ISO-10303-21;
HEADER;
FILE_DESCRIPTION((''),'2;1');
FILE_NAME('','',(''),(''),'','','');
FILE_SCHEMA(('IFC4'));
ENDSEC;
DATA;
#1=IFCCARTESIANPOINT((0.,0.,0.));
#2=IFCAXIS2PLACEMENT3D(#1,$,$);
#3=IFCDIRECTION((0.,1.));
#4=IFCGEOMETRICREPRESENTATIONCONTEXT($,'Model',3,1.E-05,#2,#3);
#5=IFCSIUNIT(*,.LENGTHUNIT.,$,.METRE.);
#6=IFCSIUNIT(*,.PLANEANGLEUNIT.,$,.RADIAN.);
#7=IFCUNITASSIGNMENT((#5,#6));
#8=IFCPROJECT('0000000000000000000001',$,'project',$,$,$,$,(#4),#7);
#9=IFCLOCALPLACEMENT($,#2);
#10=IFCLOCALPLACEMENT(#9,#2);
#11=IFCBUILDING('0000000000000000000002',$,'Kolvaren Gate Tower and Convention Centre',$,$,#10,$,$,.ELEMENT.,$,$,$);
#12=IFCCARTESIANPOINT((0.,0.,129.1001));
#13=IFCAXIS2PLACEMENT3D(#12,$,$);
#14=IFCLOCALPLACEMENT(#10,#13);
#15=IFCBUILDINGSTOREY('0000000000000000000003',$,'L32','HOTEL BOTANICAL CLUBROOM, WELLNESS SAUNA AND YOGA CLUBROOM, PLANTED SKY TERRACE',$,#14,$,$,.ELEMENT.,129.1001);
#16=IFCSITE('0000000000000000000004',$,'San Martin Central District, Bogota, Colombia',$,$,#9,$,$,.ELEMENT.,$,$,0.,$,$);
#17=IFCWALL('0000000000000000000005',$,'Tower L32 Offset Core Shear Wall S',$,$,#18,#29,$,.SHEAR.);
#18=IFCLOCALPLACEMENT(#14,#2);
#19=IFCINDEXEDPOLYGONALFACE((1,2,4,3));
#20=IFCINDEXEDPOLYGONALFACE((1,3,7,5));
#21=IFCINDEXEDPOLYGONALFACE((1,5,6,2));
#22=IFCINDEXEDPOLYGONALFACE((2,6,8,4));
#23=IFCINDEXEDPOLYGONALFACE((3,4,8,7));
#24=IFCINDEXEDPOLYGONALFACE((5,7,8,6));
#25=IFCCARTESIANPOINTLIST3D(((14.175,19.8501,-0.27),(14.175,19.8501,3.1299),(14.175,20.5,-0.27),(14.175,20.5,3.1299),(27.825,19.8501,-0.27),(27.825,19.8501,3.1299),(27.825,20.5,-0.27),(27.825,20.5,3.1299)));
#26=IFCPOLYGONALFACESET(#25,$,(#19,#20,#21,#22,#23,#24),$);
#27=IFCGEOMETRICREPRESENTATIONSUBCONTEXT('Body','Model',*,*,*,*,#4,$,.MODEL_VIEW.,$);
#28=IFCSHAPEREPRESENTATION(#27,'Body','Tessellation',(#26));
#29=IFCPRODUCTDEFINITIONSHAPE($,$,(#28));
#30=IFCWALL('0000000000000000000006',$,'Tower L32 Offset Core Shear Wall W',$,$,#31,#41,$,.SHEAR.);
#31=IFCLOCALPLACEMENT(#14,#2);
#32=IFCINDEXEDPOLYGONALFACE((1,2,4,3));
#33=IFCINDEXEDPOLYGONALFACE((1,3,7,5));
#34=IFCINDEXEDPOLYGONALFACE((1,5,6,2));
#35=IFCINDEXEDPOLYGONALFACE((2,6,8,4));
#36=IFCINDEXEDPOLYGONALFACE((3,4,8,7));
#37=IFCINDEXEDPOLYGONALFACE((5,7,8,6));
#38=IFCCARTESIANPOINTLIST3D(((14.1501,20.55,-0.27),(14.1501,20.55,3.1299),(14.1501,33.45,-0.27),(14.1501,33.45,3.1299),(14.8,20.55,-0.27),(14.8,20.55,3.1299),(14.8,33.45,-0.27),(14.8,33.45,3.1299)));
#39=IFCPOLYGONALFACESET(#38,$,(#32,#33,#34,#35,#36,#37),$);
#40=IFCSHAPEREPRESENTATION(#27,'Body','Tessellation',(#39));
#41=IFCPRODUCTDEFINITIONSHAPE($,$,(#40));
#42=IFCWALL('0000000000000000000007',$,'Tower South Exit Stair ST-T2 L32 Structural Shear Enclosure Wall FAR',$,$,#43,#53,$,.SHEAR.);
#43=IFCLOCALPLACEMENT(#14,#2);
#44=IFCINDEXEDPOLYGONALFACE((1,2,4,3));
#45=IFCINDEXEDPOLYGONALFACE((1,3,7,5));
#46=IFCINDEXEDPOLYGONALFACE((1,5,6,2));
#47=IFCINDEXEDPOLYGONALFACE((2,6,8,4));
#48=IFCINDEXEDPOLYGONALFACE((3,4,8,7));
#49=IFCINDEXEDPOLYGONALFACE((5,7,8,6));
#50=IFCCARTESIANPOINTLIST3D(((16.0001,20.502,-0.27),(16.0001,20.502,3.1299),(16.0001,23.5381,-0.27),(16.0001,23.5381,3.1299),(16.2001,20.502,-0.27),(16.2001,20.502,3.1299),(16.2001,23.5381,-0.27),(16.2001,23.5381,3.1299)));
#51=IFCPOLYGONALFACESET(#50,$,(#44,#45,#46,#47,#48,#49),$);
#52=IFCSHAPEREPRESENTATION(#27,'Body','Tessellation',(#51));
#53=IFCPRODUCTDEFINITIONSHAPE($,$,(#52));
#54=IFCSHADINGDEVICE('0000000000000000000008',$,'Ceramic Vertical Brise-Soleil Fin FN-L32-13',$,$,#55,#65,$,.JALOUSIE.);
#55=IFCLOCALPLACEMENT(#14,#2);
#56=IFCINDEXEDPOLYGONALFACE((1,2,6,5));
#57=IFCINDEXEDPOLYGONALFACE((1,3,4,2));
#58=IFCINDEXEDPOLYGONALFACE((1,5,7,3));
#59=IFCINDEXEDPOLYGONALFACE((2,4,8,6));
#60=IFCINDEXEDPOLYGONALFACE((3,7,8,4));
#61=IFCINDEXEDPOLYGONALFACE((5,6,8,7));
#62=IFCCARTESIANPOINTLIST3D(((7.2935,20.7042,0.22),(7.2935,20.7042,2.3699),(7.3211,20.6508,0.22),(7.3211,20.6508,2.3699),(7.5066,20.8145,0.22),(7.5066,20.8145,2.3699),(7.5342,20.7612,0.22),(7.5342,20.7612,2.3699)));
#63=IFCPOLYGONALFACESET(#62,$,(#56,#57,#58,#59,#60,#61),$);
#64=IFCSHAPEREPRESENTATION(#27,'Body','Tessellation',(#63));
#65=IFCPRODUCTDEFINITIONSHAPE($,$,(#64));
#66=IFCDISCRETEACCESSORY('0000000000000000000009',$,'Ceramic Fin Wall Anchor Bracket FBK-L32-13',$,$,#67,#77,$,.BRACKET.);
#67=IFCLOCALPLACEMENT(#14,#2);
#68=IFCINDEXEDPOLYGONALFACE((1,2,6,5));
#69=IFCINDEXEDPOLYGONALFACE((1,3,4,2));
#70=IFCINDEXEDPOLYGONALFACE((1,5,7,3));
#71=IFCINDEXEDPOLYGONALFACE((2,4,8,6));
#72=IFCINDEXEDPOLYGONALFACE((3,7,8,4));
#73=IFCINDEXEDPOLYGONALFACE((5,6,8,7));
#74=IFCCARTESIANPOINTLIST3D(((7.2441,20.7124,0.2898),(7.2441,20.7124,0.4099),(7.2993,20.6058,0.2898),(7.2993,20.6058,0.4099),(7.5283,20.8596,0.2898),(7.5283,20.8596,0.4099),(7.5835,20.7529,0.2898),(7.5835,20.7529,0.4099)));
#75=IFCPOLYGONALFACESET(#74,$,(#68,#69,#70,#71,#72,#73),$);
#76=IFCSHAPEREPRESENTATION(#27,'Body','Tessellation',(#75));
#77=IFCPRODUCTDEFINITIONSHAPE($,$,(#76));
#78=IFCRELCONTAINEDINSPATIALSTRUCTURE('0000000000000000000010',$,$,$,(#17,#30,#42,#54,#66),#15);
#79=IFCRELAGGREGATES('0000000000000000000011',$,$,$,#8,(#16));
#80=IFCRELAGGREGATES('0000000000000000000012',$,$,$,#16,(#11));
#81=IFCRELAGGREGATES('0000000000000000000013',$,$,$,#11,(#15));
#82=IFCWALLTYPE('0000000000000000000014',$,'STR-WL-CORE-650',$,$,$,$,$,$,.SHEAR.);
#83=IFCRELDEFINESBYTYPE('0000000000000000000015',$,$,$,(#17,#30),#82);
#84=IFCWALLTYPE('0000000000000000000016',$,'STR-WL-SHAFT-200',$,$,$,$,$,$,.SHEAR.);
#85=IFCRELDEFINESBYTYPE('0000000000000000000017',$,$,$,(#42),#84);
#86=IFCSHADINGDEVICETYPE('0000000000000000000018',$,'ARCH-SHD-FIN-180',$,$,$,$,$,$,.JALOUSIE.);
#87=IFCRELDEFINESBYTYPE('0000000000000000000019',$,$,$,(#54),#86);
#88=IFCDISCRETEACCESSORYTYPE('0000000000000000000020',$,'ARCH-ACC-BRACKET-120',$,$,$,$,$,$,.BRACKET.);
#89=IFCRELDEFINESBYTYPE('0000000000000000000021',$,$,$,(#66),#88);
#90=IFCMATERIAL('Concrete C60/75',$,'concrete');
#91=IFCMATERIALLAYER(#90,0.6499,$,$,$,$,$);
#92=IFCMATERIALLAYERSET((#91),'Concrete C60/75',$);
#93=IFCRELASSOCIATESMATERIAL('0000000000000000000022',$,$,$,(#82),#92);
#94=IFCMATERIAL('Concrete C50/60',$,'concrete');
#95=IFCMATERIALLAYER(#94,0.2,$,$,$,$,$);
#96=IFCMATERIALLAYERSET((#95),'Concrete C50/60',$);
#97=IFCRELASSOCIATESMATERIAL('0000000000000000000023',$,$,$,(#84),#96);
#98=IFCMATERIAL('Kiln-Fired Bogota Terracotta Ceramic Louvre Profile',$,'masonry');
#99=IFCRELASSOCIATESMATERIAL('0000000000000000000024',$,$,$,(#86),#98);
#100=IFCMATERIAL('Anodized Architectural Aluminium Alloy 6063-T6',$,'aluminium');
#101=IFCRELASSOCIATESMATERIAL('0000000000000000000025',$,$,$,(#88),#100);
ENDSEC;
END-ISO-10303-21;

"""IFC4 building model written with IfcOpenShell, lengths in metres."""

from ifc_helpers import new_model, si_unit, direction, frame, frame_2d, origin, origin_2d, place, context, subcontext, project, spatial, rectangle, extrude, material, layer, layer_set, type_object, element, save


model = new_model("IFC4")

# Units and contexts
model_context = context("Model", 3, precision=1e-05, world=origin(), true_north=direction((0.0, 1.0)))
body_context = subcontext(model_context, "Body", "Model", "MODEL_VIEW")
ifc_project = project(units=[si_unit("LENGTHUNIT", "METRE"), si_unit("PLANEANGLEUNIT", "RADIAN")], contexts=[model_context])

# Site, building, storey
site_placement = place(None, origin())
site = spatial("IfcSite", under=ifc_project, at=site_placement, Name="San Martin Central District, Bogota, Colombia", CompositionType="ELEMENT", RefElevation=0.0)
building_placement = place(site_placement, origin())
building = spatial("IfcBuilding", under=site, at=building_placement, Name="Kolvaren Gate Tower and Convention Centre", CompositionType="ELEMENT")
storey_placement = place(building_placement, frame((0.0, 0.0, 129.1001)))
storey = spatial("IfcBuildingStorey", under=building, at=storey_placement, Name="L32", Description="HOTEL BOTANICAL CLUBROOM, WELLNESS SAUNA AND YOGA CLUBROOM, PLANTED SKY TERRACE", CompositionType="ELEMENT", Elevation=129.1001)

# Shared definitions
ifc_material_1 = material(Name="Concrete C60/75", Category="concrete")

# Shared definitions
ifc_material_2 = material(Name="Anodized Architectural Aluminium Alloy 6063-T6", Category="aluminium")

# Walls
ifc_material_3 = material(Name="Concrete C50/60", Category="concrete")
ifc_layer_1 = layer(ifc_material_1, 0.6499)
ifc_layer_set_1 = layer_set([ifc_layer_1], Name="Concrete C60/75")
wall_type_1 = type_object("IfcWallType", Name="STR-WL-CORE-650", PredefinedType="SHEAR", material=ifc_layer_set_1)
wall_1_placement = place(storey_placement, frame((14.175, 20.175, -0.27), z_axis=(0.0, 0.0, 1.0), x_axis=(1.0, 0.0, 0.0)))
element("IfcWall", 1, at=wall_1_placement, inside=storey, type_object=wall_type_1, Name="Tower L32 Offset Core Shear Wall S", PredefinedType="SHEAR", context=body_context, shape_type="SweptSolid", body=[
    extrude(rectangle(XDim=13.6499, YDim=0.6499, at=frame_2d((6.825, 0.0))), origin(), (0.0, 0.0, 1.0), 3.3999),
])
wall_2_placement = place(storey_placement, frame((14.4751, 20.55, -0.27), z_axis=(0.0, 0.0, 1.0), x_axis=(0.0, 1.0, 0.0)))
element("IfcWall", 2, at=wall_2_placement, inside=storey, type_object=wall_type_1, Name="Tower L32 Offset Core Shear Wall W", PredefinedType="SHEAR", context=body_context, shape_type="SweptSolid", body=[
    extrude(rectangle(XDim=12.8999, YDim=0.6499, at=frame_2d((6.45, 0.0))), origin(), (0.0, 0.0, 1.0), 3.3999),
])
ifc_layer_2 = layer(ifc_material_3, 0.2)
ifc_layer_set_2 = layer_set([ifc_layer_2], Name="Concrete C50/60")
wall_type_2 = type_object("IfcWallType", Name="STR-WL-SHAFT-200", PredefinedType="SHEAR", material=ifc_layer_set_2)
wall_3_placement = place(storey_placement, frame((16.1001, 20.502, -0.27), z_axis=(0.0, 0.0, 1.0), x_axis=(0.0, 1.0, 0.0)))
element("IfcWall", 3, at=wall_3_placement, inside=storey, type_object=wall_type_2, Name="Tower South Exit Stair ST-T2 L32 Structural Shear Enclosure Wall FAR", PredefinedType="SHEAR", context=body_context, shape_type="SweptSolid", body=[
    extrude(rectangle(XDim=3.0361, YDim=0.2, at=frame_2d((1.5181, 0.0))), origin(), (0.0, 0.0, 1.0), 3.3999),
])

# Shading device
ifc_material_4 = material(Name="Kiln-Fired Bogota Terracotta Ceramic Louvre Profile", Category="masonry")
shading_device_type = type_object("IfcShadingDeviceType", Name="ARCH-SHD-FIN-180", PredefinedType="JALOUSIE", material=ifc_material_4)
shading_device_placement = place(storey_placement, frame((7.4138, 20.7327, 0.22), z_axis=(0.0, 0.0, 1.0), x_axis=(0.459781, -0.888032, 0.0)))
element("IfcShadingDevice", 4, at=shading_device_placement, inside=storey, type_object=shading_device_type, Name="Ceramic Vertical Brise-Soleil Fin FN-L32-13", PredefinedType="JALOUSIE", context=body_context, shape_type="SweptSolid", body=[
    extrude(rectangle(XDim=0.0601, YDim=0.24, at=origin_2d()), origin(), (0.0, 0.0, 1.0), 2.1499),
])

# Discrete accessory
discrete_accessory_type = type_object("IfcDiscreteAccessoryType", Name="ARCH-ACC-BRACKET-120", PredefinedType="BRACKET", material=ifc_material_2)
discrete_accessory_placement = place(storey_placement, frame((7.4138, 20.7327, 0.2898), z_axis=(0.0, 0.0, 1.0), x_axis=(0.459781, -0.888032, 0.0)))
element("IfcDiscreteAccessory", 5, at=discrete_accessory_placement, inside=storey, type_object=discrete_accessory_type, Name="Ceramic Fin Wall Anchor Bracket FBK-L32-13", PredefinedType="BRACKET", context=body_context, shape_type="SweptSolid", body=[
    extrude(rectangle(XDim=0.1201, YDim=0.3201, at=origin_2d()), origin(), (0.0, 0.0, 1.0), 0.1201),
])

save(model, "model.ifc")
